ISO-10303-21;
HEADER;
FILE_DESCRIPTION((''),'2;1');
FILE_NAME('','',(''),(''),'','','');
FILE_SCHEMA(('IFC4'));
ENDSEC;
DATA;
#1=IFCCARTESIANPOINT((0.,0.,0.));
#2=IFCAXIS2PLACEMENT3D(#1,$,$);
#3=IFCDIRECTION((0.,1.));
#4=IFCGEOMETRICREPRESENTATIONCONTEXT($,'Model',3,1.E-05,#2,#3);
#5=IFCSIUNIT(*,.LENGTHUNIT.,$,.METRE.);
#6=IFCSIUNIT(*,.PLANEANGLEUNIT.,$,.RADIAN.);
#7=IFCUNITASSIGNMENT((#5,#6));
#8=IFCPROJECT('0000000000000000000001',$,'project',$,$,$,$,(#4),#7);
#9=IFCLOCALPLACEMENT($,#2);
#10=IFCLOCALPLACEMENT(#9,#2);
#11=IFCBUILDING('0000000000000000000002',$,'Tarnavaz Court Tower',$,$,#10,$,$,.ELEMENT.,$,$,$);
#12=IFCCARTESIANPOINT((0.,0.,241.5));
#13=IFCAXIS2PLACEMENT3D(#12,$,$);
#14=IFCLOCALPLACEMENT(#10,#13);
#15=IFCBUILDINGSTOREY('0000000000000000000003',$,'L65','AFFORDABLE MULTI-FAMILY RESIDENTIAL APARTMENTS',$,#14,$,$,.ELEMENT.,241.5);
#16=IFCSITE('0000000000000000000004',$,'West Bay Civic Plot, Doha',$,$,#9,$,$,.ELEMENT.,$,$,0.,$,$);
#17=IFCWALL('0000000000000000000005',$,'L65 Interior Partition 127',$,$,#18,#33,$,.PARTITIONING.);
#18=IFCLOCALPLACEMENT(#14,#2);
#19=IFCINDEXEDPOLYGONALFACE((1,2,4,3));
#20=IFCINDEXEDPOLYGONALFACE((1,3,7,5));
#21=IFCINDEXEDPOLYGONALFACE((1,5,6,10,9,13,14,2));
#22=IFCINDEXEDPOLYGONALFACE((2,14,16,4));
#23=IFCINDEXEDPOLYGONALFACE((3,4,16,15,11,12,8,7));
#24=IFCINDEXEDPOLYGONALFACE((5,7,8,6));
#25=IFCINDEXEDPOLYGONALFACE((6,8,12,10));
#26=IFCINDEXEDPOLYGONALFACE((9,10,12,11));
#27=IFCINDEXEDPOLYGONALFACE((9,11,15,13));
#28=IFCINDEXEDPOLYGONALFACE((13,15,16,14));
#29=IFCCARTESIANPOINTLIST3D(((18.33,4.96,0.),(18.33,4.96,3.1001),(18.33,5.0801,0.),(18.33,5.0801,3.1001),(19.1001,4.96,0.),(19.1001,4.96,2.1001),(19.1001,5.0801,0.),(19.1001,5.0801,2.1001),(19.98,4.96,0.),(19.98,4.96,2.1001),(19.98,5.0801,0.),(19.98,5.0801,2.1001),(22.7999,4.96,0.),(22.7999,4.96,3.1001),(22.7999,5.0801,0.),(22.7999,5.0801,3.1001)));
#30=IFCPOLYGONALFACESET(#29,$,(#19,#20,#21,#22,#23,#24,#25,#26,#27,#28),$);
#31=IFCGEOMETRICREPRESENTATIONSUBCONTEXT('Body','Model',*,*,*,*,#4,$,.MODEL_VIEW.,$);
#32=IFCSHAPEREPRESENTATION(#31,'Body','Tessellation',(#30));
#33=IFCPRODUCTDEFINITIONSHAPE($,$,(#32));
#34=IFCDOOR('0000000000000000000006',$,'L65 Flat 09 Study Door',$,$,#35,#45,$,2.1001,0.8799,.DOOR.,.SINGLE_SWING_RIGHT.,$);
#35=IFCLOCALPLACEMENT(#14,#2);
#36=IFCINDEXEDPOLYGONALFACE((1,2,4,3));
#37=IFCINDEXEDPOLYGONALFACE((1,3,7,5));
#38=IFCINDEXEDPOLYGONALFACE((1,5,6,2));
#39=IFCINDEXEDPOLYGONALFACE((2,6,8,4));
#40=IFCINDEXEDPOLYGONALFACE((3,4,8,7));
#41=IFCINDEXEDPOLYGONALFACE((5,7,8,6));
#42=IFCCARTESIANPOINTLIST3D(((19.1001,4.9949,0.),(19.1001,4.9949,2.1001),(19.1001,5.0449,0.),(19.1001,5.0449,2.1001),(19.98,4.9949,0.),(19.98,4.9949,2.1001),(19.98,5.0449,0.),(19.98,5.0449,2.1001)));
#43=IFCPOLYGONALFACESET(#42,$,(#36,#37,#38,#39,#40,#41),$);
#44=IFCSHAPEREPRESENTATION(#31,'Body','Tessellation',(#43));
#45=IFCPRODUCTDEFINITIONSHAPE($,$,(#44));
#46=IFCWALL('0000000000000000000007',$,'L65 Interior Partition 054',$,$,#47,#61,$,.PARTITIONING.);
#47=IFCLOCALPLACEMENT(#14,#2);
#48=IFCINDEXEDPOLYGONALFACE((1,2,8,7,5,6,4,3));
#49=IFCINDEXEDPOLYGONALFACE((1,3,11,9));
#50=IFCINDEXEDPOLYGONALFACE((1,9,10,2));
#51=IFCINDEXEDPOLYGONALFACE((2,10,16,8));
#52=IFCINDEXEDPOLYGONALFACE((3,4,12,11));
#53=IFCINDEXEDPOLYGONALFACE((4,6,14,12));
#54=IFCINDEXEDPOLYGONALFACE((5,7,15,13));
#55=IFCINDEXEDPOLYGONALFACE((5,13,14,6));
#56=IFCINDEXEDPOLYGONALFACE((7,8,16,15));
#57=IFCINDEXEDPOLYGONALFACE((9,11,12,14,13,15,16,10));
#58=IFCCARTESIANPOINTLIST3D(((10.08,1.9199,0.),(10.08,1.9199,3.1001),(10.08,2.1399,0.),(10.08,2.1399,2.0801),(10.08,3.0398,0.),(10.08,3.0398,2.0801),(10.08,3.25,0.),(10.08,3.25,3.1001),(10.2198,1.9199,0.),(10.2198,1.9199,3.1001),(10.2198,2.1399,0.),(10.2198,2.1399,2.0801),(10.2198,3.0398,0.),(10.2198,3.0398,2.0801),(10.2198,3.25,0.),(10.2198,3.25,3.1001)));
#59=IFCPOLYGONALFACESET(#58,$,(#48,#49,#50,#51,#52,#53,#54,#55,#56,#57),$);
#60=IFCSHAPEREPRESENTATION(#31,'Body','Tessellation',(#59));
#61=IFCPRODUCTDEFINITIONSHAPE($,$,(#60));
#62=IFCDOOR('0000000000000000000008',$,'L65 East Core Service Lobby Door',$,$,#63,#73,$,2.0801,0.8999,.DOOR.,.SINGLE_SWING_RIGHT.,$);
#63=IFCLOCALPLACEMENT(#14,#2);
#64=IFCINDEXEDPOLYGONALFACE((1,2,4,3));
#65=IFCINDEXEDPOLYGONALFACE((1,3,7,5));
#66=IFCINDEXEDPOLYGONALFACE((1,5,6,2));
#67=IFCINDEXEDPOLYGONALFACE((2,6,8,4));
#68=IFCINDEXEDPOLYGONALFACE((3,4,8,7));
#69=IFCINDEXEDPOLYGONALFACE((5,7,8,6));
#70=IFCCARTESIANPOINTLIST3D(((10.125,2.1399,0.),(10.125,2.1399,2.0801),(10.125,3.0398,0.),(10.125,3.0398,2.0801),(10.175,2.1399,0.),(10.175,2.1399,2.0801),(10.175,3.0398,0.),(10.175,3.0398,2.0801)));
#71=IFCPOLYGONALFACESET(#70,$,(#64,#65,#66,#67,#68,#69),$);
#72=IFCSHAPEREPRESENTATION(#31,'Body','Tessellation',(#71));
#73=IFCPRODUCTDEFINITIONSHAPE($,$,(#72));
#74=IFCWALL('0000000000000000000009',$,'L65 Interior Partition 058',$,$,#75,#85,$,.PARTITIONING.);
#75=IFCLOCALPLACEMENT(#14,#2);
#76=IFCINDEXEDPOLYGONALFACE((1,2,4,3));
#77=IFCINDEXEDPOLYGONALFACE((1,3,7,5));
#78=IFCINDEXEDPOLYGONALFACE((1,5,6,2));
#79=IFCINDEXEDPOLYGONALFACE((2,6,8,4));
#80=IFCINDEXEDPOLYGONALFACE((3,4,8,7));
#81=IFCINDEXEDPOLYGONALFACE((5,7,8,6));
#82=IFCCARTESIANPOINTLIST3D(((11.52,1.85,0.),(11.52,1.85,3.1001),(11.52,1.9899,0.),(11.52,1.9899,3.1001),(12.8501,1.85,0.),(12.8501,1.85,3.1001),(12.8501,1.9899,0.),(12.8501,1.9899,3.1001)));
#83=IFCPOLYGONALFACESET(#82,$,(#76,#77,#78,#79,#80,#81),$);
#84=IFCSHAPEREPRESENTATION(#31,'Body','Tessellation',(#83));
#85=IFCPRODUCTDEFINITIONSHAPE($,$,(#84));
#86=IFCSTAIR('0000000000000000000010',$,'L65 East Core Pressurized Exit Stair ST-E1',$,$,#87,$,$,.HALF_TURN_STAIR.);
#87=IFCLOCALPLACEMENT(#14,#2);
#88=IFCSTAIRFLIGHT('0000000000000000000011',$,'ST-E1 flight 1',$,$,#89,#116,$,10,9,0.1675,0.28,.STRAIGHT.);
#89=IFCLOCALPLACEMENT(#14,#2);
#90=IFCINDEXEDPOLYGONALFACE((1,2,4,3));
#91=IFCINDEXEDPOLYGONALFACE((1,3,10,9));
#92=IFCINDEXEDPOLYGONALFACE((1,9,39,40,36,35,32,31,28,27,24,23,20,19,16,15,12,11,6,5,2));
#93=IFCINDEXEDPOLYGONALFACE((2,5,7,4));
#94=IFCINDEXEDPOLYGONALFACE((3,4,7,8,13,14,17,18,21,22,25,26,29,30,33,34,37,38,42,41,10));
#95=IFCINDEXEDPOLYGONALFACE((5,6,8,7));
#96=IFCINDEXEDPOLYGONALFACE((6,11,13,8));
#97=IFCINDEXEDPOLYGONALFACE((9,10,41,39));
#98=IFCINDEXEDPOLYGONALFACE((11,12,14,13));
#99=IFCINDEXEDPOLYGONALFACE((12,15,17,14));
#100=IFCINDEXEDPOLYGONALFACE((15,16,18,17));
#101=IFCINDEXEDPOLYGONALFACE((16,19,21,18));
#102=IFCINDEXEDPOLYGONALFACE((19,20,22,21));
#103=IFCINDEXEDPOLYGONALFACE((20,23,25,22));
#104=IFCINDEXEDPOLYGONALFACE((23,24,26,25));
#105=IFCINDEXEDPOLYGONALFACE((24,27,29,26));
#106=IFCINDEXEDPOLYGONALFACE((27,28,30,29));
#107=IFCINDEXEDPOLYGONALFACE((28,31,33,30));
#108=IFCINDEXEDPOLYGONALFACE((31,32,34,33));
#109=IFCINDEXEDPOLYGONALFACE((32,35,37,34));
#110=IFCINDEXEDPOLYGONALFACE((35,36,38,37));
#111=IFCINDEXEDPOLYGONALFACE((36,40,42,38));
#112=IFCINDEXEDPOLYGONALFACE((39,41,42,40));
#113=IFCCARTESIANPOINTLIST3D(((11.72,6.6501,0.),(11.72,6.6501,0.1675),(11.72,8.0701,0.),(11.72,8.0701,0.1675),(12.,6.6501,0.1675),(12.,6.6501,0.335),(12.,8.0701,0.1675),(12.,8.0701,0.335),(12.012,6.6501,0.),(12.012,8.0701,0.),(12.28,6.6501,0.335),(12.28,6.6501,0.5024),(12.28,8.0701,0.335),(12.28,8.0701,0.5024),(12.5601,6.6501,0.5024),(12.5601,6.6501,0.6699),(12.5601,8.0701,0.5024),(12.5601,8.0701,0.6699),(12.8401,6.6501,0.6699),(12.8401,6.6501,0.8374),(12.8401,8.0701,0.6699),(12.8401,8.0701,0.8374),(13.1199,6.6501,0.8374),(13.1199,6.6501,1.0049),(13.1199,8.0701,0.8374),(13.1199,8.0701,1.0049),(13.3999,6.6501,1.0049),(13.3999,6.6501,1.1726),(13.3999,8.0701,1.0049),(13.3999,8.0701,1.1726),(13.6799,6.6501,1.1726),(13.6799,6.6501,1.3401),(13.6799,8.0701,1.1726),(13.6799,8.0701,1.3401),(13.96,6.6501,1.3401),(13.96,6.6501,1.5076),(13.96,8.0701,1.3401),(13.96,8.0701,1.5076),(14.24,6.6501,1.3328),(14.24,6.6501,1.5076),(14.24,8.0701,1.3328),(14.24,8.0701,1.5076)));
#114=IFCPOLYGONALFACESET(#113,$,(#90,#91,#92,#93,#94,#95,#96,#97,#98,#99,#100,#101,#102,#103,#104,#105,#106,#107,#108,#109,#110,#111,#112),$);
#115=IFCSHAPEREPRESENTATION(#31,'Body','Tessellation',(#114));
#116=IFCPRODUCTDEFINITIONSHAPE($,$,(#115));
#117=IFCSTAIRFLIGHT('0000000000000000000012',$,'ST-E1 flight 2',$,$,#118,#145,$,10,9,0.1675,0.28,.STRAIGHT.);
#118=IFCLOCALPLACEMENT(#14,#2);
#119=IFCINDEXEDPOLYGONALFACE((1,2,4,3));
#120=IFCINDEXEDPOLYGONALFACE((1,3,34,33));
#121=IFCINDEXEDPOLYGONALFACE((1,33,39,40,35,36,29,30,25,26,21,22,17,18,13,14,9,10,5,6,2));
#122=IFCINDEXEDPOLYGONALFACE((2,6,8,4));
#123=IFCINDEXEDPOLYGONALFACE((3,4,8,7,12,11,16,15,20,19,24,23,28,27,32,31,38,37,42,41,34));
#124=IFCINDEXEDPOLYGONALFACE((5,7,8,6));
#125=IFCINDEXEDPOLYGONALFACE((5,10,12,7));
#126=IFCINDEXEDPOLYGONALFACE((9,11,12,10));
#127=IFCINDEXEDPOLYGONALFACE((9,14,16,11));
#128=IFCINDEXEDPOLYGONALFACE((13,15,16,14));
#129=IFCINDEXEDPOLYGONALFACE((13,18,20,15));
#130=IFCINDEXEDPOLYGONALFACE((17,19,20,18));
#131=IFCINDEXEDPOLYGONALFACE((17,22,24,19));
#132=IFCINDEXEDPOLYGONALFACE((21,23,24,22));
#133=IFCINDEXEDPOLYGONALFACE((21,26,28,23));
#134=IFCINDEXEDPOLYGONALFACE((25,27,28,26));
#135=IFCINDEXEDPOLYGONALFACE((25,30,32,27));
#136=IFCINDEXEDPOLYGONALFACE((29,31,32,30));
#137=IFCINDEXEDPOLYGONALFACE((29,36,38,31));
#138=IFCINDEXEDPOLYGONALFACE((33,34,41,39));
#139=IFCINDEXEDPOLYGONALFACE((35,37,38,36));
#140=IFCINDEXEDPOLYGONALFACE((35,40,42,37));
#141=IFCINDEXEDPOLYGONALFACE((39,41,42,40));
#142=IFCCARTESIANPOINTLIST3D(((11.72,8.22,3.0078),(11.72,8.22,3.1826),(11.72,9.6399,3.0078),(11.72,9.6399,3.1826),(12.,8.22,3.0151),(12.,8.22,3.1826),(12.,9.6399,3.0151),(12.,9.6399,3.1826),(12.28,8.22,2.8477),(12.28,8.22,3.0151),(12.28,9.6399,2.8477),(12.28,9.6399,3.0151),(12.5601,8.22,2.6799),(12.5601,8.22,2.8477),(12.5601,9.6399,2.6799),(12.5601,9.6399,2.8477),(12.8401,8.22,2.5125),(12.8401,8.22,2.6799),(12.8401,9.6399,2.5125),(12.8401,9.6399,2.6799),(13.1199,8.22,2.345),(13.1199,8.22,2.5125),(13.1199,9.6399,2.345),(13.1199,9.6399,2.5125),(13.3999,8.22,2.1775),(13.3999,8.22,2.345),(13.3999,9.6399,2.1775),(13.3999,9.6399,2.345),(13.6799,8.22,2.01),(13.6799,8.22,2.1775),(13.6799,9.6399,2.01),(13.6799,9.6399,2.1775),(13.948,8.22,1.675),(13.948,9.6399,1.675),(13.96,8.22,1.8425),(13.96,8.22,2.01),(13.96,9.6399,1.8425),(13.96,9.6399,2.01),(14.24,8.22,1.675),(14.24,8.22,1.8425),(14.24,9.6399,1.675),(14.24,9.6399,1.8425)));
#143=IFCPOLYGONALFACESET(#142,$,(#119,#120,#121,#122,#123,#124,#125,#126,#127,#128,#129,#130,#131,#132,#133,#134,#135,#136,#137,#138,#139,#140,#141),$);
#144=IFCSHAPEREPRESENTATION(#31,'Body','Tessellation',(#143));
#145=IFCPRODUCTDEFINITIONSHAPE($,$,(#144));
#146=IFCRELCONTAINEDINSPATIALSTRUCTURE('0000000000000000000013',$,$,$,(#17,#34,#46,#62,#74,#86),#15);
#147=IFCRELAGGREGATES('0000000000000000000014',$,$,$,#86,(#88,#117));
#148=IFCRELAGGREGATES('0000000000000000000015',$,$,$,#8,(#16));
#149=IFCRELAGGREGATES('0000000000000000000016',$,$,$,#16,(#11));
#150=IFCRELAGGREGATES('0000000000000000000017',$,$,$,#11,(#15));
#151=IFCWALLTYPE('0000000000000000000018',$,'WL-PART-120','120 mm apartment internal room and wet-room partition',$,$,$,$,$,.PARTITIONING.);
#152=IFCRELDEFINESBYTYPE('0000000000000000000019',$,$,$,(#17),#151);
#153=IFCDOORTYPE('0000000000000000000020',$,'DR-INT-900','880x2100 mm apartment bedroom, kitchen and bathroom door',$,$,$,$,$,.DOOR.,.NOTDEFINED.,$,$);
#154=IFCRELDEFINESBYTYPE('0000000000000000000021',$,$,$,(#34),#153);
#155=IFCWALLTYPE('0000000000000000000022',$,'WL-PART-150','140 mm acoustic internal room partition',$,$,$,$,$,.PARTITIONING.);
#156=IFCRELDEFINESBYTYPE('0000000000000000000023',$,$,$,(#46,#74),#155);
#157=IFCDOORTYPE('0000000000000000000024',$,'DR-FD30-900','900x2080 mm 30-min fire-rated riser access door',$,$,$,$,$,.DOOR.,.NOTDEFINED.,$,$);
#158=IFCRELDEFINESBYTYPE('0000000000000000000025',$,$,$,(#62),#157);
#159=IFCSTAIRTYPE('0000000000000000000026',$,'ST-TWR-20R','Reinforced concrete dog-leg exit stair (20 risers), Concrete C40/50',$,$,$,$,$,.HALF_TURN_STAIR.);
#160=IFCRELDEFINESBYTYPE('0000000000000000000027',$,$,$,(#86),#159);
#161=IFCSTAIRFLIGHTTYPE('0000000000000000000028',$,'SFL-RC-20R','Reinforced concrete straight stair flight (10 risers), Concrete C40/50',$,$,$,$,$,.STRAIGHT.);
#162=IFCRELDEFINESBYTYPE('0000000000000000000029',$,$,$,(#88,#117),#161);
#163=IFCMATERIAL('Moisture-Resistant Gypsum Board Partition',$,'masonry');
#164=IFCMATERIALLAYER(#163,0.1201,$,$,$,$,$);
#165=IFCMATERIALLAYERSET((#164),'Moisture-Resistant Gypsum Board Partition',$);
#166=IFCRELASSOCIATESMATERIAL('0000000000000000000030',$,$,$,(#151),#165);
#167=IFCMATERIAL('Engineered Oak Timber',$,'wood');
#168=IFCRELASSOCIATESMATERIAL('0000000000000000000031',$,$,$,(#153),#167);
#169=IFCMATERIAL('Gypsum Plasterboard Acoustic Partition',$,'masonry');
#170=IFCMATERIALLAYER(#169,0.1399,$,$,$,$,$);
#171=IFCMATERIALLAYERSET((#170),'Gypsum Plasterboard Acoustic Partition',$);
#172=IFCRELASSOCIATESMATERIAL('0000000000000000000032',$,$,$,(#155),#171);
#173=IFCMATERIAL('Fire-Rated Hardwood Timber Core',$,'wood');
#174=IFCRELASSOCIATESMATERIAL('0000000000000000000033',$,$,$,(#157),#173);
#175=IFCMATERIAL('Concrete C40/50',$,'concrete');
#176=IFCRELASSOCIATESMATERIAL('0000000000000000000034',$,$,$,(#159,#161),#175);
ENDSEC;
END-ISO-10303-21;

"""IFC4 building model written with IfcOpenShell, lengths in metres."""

from ifc_helpers import new_model, si_unit, direction, frame, frame_2d, origin, place, context, subcontext, project, spatial, polyline, rectangle, outline, extrude, material, layer, layer_set, type_object, element, fill, aggregate, save


model = new_model("IFC4")

# Units and contexts
model_context = context("Model", 3, precision=1e-05, world=origin(), true_north=direction((0.0, 1.0)))
body_context = subcontext(model_context, "Body", "Model", "MODEL_VIEW")
ifc_project = project(units=[si_unit("LENGTHUNIT", "METRE"), si_unit("PLANEANGLEUNIT", "RADIAN")], contexts=[model_context])

# Site, building, storey
site_placement = place(None, origin())
site = spatial("IfcSite", under=ifc_project, at=site_placement, Name="West Bay Civic Plot, Doha", CompositionType="ELEMENT", RefElevation=0.0)
building_placement = place(site_placement, origin())
building = spatial("IfcBuilding", under=site, at=building_placement, Name="Tarnavaz Court Tower", CompositionType="ELEMENT")
storey_placement = place(building_placement, frame((0.0, 0.0, 241.5)))
storey = spatial("IfcBuildingStorey", under=building, at=storey_placement, Name="L65", Description="AFFORDABLE MULTI-FAMILY RESIDENTIAL APARTMENTS", CompositionType="ELEMENT", Elevation=241.5)

# Walls, openings, doors
ifc_material_1 = material(Name="Fire-Rated Hardwood Timber Core", Category="wood")
ifc_material_2 = material(Name="Moisture-Resistant Gypsum Board Partition", Category="masonry")
ifc_layer_1 = layer(ifc_material_2, 0.1201)
ifc_layer_set_1 = layer_set([ifc_layer_1], Name="Moisture-Resistant Gypsum Board Partition")
wall_type_1 = type_object("IfcWallType", Name="WL-PART-120", Description="120 mm apartment internal room and wet-room partition", PredefinedType="PARTITIONING", material=ifc_layer_set_1)
wall_1_placement = place(storey_placement, frame((18.3301, 5.02, 0.0), z_axis=(0.0, 0.0, 1.0), x_axis=(1.0, 0.0, 0.0)))
wall_1 = element("IfcWall", 1, at=wall_1_placement, inside=storey, type_object=wall_type_1, Name="L65 Interior Partition 127", PredefinedType="PARTITIONING", context=body_context, shape_type="SweptSolid", body=[
    extrude(rectangle(XDim=4.47, YDim=0.1201, at=frame_2d((2.2349, 0.0))), origin(), (0.0, 0.0, 1.0), 3.1001),
])
opening_1_placement = place(wall_1_placement, frame((0.77, 0.0, 0.0)))
opening_1 = element("IfcOpeningElement", 2, at=opening_1_placement, cuts=wall_1, PredefinedType="OPENING", context=body_context, shape_type="SweptSolid", body=[
    extrude(rectangle(XDim=0.8799, YDim=2.1001, at=frame_2d((0.4399, 1.05))), frame((0.0, 0.0701, 0.0), z_axis=(0.0, -1.0, 0.0), x_axis=(1.0, 0.0, 0.0)), (0.0, 0.0, 1.0), 0.1401),
])
ifc_material_3 = material(Name="Engineered Oak Timber", Category="wood")
door_type_1 = type_object("IfcDoorType", Name="DR-INT-900", Description="880x2100 mm apartment bedroom, kitchen and bathroom door", OperationType="NOTDEFINED", PredefinedType="DOOR", material=ifc_material_3)
door_1_placement = place(opening_1_placement, origin())
door_1 = element("IfcDoor", 3, at=door_1_placement, inside=storey, type_object=door_type_1, Name="L65 Flat 09 Study Door", OperationType="SINGLE_SWING_RIGHT", OverallHeight=2.1001, OverallWidth=0.8799, PredefinedType="DOOR", context=body_context, shape_type="SweptSolid", body=[
    extrude(rectangle(XDim=0.8799, YDim=2.1001, at=frame_2d((0.4399, 1.05))), frame((0.0, 0.0249, 0.0), z_axis=(0.0, -1.0, 0.0), x_axis=(1.0, 0.0, 0.0)), (0.0, 0.0, 1.0), 0.05),
])
fill(opening_1, door_1)
ifc_material_4 = material(Name="Gypsum Plasterboard Acoustic Partition", Category="masonry")
ifc_layer_2 = layer(ifc_material_4, 0.1399)
ifc_layer_set_2 = layer_set([ifc_layer_2], Name="Gypsum Plasterboard Acoustic Partition")
wall_type_2 = type_object("IfcWallType", Name="WL-PART-150", Description="140 mm acoustic internal room partition", PredefinedType="PARTITIONING", material=ifc_layer_set_2)
wall_2_placement = place(storey_placement, frame((10.1499, 1.9199, 0.0), z_axis=(0.0, 0.0, 1.0), x_axis=(0.0, 1.0, 0.0)))
wall_2 = element("IfcWall", 4, at=wall_2_placement, inside=storey, type_object=wall_type_2, Name="L65 Interior Partition 054", PredefinedType="PARTITIONING", context=body_context, shape_type="SweptSolid", body=[
    extrude(rectangle(XDim=1.3301, YDim=0.1399, at=frame_2d((0.665, 0.0))), origin(), (0.0, 0.0, 1.0), 3.1001),
])
opening_2_placement = place(wall_2_placement, frame((0.22, 0.0, 0.0)))
opening_2 = element("IfcOpeningElement", 5, at=opening_2_placement, cuts=wall_2, PredefinedType="OPENING", context=body_context, shape_type="SweptSolid", body=[
    extrude(rectangle(XDim=0.8999, YDim=2.0801, at=frame_2d((0.45, 1.04))), frame((0.0, 0.0798, 0.0), z_axis=(0.0, -1.0, 0.0), x_axis=(1.0, 0.0, 0.0)), (0.0, 0.0, 1.0), 0.1599),
])
door_type_2 = type_object("IfcDoorType", Name="DR-FD30-900", Description="900x2080 mm 30-min fire-rated riser access door", OperationType="NOTDEFINED", PredefinedType="DOOR", material=ifc_material_1)
door_2_placement = place(opening_2_placement, origin())
door_2 = element("IfcDoor", 6, at=door_2_placement, inside=storey, type_object=door_type_2, Name="L65 East Core Service Lobby Door", OperationType="SINGLE_SWING_RIGHT", OverallHeight=2.0801, OverallWidth=0.8999, PredefinedType="DOOR", context=body_context, shape_type="SweptSolid", body=[
    extrude(rectangle(XDim=0.8999, YDim=2.0801, at=frame_2d((0.45, 1.04))), frame((0.0, 0.0249, 0.0), z_axis=(0.0, -1.0, 0.0), x_axis=(1.0, 0.0, 0.0)), (0.0, 0.0, 1.0), 0.05),
])
fill(opening_2, door_2)

# Wall
wall_3_placement = place(storey_placement, frame((11.52, 1.9199, 0.0), z_axis=(0.0, 0.0, 1.0), x_axis=(1.0, 0.0, 0.0)))
element("IfcWall", 7, at=wall_3_placement, inside=storey, type_object=wall_type_2, Name="L65 Interior Partition 058", PredefinedType="PARTITIONING", context=body_context, shape_type="SweptSolid", body=[
    extrude(rectangle(XDim=1.3301, YDim=0.1399, at=frame_2d((0.665, 0.0))), origin(), (0.0, 0.0, 1.0), 3.1001),
])

# Stair, stair flights
ifc_material_5 = material(Name="Concrete C40/50", Category="concrete")
stair_type = type_object("IfcStairType", Name="ST-TWR-20R", Description="Reinforced concrete dog-leg exit stair (20 risers), Concrete C40/50", PredefinedType="HALF_TURN_STAIR", material=ifc_material_5)
stair_placement = place(storey_placement, origin())
stair = element("IfcStair", 8, at=stair_placement, inside=storey, type_object=stair_type, Name="L65 East Core Pressurized Exit Stair ST-E1", PredefinedType="HALF_TURN_STAIR")
stair_flight_type = type_object("IfcStairFlightType", Name="SFL-RC-20R", Description="Reinforced concrete straight stair flight (10 risers), Concrete C40/50", PredefinedType="STRAIGHT", material=ifc_material_5)
stair_flight_1_placement = place(storey_placement, frame((11.72, 7.3601, 0.0), z_axis=(0.0, 0.0, 1.0), x_axis=(1.0, 0.0, 0.0)))
stair_flight_1 = element("IfcStairFlight", 9, at=stair_flight_1_placement, type_object=stair_flight_type, Name="ST-E1 flight 1", NumberOfRisers=10, NumberOfTreads=9, PredefinedType="STRAIGHT", RiserHeight=0.1675, TreadLength=0.28, context=body_context, shape_type="SweptSolid", body=[
    extrude(outline(polyline([(0.0, 0.0), (0.0, 0.1675), (0.28, 0.1675), (0.28, 0.335), (0.5601, 0.335), (0.5601, 0.5024), (0.8401, 0.5024), (0.8401, 0.6699), (1.1201, 0.6699), (1.1201, 0.8374), (1.3999, 0.8374), (1.3999, 1.0049), (1.6799, 1.0049), (1.6799, 1.1726), (1.96, 1.1726), (1.96, 1.3401), (2.24, 1.3401), (2.24, 1.5076), (2.52, 1.5076), (2.52, 1.675), (2.52, 1.3328), (0.292, 0.0), (0.0, 0.0)])), frame((0.0, 0.71, 0.0), z_axis=(0.0, -1.0, 0.0), x_axis=(1.0, 0.0, 0.0)), (0.0, 0.0, 1.0), 1.4199),
])
stair_flight_2_placement = place(storey_placement, frame((14.24, 8.9299, 1.675), z_axis=(0.0, 0.0, 1.0), x_axis=(-1.0, 0.0, 0.0)))
stair_flight_2 = element("IfcStairFlight", 10, at=stair_flight_2_placement, type_object=stair_flight_type, Name="ST-E1 flight 2", NumberOfRisers=10, NumberOfTreads=9, PredefinedType="STRAIGHT", RiserHeight=0.1675, TreadLength=0.28, context=body_context, shape_type="SweptSolid", body=[
    extrude(outline(polyline([(0.0, 0.0), (0.0, 0.1675), (0.28, 0.1675), (0.28, 0.335), (0.5601, 0.335), (0.5601, 0.5024), (0.8401, 0.5024), (0.8401, 0.6699), (1.1201, 0.6699), (1.1201, 0.8374), (1.3999, 0.8374), (1.3999, 1.0049), (1.6799, 1.0049), (1.6799, 1.1726), (1.96, 1.1726), (1.96, 1.3401), (2.24, 1.3401), (2.24, 1.5076), (2.52, 1.5076), (2.52, 1.675), (2.52, 1.3328), (0.292, 0.0), (0.0, 0.0)])), frame((0.0, 0.71, 0.0), z_axis=(0.0, -1.0, 0.0), x_axis=(1.0, 0.0, 0.0)), (0.0, 0.0, 1.0), 1.4199),
])
aggregate(stair, [stair_flight_1, stair_flight_2])

save(model, "model.ifc")
